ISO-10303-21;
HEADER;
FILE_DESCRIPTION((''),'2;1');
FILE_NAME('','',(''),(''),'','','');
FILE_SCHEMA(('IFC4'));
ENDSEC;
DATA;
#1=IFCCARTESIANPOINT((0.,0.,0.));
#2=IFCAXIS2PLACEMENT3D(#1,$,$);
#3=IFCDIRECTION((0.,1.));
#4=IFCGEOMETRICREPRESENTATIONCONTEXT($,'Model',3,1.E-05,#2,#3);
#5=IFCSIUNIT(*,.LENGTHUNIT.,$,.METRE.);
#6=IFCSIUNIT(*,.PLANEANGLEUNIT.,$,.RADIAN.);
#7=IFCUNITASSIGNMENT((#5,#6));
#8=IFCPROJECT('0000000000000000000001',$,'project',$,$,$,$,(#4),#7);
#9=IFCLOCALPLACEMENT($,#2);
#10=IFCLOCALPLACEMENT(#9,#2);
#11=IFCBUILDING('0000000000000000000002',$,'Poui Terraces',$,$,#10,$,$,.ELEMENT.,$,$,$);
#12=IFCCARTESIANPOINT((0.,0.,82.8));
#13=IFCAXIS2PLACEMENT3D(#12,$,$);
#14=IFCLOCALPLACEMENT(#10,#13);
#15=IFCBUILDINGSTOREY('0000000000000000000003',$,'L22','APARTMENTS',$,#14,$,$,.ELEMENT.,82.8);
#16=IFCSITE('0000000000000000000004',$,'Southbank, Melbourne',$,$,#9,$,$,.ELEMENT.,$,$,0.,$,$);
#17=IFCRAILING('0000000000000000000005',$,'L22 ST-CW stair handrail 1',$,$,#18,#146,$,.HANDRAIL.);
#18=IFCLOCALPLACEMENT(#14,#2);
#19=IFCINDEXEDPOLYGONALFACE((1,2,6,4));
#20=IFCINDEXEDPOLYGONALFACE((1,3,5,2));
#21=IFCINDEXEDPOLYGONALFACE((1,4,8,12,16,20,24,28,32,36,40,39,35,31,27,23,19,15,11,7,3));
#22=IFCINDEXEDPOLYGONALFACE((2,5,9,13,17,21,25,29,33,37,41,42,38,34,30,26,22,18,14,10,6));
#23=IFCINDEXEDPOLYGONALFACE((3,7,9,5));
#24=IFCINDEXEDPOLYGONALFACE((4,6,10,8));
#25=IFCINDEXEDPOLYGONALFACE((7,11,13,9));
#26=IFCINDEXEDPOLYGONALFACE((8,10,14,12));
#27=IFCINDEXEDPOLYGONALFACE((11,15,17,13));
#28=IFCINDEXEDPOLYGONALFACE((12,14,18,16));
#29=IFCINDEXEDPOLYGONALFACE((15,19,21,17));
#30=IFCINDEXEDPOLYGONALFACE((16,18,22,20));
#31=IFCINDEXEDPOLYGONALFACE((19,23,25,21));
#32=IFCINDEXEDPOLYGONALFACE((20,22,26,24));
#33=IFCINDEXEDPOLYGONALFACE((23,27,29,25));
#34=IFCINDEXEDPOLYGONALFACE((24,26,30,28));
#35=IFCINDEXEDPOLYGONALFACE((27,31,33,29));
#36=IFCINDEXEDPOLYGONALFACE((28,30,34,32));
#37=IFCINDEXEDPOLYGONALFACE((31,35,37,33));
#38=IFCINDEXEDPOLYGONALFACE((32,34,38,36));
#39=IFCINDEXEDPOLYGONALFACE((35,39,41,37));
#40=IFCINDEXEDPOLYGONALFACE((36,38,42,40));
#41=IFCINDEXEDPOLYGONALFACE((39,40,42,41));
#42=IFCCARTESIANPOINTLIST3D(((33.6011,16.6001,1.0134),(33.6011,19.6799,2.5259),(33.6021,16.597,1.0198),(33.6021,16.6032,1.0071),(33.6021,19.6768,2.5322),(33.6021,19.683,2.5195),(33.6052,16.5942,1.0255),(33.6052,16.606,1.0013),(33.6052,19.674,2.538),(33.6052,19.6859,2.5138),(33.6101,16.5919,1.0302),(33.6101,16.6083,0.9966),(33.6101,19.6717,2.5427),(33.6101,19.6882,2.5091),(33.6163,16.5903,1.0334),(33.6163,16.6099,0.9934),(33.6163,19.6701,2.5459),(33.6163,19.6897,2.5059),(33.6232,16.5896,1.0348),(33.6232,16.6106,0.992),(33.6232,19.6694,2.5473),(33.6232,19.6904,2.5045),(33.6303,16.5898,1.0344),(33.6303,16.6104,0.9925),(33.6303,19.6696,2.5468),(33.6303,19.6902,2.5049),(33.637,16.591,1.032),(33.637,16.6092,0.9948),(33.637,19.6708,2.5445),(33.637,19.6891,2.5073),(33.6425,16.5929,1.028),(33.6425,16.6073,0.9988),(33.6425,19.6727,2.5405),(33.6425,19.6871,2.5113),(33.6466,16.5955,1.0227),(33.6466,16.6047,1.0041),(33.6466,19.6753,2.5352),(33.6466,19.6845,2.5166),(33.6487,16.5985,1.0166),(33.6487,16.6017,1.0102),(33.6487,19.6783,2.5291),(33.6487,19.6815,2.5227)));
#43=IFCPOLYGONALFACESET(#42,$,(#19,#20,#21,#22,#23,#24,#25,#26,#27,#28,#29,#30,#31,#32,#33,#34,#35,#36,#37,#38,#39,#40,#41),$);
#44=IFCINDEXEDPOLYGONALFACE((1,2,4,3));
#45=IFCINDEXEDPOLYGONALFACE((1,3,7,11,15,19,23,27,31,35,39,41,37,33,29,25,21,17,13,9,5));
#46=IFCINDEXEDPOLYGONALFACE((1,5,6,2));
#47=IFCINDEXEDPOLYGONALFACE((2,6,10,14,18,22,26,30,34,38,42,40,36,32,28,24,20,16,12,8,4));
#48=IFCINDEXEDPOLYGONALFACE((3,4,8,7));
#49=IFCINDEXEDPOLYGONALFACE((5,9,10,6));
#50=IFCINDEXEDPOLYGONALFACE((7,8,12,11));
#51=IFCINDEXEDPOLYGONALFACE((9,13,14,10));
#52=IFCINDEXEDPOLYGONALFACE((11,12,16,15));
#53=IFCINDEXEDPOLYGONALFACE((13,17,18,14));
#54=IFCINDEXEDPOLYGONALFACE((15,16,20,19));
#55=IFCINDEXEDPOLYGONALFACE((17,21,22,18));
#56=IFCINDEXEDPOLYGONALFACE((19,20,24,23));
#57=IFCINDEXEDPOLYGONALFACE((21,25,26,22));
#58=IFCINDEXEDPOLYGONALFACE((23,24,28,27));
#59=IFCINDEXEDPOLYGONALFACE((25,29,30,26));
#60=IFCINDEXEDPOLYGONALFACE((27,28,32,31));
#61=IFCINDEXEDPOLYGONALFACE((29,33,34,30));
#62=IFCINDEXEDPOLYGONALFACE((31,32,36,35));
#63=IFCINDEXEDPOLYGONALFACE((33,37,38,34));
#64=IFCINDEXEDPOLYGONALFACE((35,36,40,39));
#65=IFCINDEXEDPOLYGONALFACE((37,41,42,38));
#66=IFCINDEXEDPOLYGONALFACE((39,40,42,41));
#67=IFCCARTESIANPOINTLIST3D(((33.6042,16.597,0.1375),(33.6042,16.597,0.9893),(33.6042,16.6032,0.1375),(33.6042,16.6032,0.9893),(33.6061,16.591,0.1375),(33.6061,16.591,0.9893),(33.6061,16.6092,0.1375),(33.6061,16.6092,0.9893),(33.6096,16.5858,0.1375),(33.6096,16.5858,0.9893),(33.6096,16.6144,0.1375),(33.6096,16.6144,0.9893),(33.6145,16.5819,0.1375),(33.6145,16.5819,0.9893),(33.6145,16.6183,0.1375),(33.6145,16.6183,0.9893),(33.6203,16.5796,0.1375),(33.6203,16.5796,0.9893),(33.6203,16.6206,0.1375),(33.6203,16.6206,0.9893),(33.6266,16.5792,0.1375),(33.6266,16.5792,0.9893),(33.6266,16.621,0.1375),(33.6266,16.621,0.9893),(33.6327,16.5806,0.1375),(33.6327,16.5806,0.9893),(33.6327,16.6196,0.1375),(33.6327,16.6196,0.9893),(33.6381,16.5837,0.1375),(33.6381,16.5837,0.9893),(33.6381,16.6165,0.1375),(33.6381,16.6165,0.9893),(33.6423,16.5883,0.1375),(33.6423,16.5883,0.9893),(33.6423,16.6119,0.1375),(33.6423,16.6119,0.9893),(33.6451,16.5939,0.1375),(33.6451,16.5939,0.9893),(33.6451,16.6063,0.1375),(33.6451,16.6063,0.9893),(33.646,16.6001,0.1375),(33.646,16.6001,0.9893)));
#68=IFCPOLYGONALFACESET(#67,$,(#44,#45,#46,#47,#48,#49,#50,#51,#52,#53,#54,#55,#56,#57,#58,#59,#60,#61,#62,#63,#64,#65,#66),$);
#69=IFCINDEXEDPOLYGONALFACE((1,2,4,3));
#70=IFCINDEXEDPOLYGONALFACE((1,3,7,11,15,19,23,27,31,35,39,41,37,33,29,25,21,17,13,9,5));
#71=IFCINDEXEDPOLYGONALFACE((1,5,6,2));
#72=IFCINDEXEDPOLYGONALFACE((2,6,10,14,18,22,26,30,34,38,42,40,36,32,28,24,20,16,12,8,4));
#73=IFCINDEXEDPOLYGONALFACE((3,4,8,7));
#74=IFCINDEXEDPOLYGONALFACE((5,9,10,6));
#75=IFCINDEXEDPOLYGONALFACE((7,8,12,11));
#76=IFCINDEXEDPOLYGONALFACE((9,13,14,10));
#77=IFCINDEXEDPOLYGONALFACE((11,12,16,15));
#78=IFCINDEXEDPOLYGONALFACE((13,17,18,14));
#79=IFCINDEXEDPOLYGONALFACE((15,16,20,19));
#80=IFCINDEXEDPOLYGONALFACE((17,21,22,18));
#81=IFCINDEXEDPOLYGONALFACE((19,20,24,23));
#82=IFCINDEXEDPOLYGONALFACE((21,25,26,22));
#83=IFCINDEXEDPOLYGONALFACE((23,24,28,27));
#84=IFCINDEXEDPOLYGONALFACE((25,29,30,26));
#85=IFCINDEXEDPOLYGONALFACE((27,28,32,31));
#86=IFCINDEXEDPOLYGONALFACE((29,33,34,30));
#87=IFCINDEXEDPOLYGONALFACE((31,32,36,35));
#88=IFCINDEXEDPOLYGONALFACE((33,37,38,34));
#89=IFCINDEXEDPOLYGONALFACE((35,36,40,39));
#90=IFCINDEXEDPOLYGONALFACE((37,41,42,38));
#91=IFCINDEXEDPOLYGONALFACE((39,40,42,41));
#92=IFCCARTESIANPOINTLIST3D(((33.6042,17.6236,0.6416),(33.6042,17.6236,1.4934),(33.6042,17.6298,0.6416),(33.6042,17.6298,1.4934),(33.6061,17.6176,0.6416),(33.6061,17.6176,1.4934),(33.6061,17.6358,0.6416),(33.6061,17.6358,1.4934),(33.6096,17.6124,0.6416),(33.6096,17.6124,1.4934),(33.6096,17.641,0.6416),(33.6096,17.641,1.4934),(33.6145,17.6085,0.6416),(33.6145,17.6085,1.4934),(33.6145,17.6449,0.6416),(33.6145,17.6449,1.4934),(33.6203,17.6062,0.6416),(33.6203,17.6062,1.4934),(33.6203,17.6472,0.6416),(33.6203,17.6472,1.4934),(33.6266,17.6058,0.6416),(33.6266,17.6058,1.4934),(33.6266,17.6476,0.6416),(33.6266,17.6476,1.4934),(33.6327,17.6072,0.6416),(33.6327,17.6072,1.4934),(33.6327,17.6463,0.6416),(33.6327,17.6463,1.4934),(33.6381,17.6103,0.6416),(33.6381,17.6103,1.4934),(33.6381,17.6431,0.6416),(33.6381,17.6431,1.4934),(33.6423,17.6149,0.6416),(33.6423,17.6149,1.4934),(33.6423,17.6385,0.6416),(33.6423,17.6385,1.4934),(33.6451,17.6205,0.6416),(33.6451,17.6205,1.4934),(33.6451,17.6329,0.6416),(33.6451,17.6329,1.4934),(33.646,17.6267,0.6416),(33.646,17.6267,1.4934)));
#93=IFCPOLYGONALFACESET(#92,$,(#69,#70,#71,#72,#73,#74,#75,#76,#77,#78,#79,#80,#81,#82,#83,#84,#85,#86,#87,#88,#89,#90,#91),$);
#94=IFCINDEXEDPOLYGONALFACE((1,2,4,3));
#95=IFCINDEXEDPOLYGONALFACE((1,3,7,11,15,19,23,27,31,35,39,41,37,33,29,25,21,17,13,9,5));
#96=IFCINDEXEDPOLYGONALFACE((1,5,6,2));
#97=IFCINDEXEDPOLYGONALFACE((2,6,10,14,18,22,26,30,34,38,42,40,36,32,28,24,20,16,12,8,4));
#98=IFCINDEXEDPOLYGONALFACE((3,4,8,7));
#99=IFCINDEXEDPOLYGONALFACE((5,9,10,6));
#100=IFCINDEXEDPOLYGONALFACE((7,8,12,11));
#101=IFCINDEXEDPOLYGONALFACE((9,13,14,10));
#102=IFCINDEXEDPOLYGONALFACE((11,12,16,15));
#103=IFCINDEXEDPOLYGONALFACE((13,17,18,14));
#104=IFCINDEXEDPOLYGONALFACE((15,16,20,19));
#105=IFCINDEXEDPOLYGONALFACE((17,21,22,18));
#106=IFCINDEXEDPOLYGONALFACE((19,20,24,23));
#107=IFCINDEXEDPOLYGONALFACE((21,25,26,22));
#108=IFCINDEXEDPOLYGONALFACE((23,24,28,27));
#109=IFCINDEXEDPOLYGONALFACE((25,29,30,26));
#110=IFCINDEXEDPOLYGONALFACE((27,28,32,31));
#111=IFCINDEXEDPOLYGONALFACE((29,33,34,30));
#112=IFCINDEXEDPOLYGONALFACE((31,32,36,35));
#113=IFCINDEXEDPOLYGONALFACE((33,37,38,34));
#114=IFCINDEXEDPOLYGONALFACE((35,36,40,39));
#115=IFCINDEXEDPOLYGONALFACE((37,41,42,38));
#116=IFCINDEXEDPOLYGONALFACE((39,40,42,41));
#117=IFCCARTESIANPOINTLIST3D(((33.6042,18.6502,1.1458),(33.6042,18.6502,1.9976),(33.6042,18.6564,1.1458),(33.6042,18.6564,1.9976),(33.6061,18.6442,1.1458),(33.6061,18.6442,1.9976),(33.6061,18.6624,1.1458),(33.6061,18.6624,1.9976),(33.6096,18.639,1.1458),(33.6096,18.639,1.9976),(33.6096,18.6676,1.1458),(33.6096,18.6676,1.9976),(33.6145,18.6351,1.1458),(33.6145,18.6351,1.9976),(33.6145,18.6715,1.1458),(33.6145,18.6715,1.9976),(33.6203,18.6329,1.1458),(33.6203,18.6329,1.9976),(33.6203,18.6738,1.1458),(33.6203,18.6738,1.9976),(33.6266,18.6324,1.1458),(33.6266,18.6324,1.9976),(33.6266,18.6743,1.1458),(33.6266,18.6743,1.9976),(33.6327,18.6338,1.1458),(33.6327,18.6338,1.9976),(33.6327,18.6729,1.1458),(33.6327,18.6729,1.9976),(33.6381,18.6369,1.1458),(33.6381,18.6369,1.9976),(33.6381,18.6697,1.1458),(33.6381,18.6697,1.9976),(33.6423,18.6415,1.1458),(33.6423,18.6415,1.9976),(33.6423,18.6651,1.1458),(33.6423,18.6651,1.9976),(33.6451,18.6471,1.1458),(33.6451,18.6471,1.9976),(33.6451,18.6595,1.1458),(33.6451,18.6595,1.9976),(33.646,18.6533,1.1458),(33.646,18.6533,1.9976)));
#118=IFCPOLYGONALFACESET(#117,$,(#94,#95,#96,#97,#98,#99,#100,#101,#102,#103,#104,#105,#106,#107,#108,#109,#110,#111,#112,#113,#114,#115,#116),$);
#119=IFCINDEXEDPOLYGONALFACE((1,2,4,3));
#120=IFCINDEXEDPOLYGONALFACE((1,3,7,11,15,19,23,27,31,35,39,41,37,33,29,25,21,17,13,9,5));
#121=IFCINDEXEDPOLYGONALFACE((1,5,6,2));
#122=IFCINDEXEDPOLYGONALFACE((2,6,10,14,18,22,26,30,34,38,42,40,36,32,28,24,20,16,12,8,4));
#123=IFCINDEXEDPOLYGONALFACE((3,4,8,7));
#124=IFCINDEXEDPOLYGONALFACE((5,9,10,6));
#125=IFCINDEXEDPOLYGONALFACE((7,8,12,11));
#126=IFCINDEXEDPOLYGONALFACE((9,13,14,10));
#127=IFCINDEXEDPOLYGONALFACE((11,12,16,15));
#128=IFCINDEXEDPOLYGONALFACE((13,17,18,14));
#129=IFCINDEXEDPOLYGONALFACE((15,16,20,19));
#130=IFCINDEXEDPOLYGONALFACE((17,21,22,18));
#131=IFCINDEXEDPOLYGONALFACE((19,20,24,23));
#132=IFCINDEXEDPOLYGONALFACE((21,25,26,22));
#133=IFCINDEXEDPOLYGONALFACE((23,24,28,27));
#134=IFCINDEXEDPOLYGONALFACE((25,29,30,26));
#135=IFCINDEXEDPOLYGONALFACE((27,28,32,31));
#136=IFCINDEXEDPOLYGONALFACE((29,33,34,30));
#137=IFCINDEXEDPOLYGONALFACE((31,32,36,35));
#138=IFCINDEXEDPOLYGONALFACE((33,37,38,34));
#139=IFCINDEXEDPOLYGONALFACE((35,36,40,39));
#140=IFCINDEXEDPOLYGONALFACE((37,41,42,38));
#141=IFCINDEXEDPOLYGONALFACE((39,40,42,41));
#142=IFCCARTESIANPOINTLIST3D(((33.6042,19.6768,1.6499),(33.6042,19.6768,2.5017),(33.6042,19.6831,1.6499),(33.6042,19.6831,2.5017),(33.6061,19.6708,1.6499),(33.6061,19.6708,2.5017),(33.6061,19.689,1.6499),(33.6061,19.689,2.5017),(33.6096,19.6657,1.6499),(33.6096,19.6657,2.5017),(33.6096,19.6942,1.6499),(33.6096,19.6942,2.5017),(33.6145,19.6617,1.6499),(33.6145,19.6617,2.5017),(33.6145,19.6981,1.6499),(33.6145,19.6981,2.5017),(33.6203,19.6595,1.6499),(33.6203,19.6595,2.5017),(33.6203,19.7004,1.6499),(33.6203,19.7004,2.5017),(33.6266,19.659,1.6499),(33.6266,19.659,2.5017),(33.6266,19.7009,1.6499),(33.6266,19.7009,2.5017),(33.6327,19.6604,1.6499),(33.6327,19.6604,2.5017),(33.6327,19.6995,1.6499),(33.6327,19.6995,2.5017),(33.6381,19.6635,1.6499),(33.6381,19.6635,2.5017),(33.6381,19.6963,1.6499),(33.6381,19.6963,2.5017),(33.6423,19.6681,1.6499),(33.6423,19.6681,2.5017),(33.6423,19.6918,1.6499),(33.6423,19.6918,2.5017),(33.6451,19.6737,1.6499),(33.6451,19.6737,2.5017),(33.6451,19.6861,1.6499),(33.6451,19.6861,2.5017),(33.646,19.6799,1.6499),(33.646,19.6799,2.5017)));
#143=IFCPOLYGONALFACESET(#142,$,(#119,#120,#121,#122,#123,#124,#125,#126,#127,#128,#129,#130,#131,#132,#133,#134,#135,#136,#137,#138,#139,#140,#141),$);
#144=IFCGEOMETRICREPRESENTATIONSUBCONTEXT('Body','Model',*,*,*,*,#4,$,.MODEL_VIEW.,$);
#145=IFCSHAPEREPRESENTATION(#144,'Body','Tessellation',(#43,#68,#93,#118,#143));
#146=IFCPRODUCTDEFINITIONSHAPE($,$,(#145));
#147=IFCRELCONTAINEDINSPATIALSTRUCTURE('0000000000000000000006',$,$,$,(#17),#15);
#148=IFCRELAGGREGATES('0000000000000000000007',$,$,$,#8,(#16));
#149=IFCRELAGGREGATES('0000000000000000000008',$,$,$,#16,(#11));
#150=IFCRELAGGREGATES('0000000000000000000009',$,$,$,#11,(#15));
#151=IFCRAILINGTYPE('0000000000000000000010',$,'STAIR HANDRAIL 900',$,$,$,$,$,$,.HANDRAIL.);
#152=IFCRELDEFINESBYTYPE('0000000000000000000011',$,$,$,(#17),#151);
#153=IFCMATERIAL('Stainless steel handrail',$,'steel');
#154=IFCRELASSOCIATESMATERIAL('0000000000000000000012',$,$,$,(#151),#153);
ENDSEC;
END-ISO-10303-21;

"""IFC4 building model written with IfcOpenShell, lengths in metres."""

from ifc_helpers import new_model, si_unit, direction, frame, origin, origin_2d, place, context, subcontext, project, spatial, circle, extrude, material, type_object, element, save


model = new_model("IFC4")

# Units and contexts
model_context = context("Model", 3, precision=1e-05, world=origin(), true_north=direction((0.0, 1.0)))
body_context = subcontext(model_context, "Body", "Model", "MODEL_VIEW")
ifc_project = project(units=[si_unit("LENGTHUNIT", "METRE"), si_unit("PLANEANGLEUNIT", "RADIAN")], contexts=[model_context])

# Site, building, storey
site_placement = place(None, origin())
site = spatial("IfcSite", under=ifc_project, at=site_placement, Name="Southbank, Melbourne", CompositionType="ELEMENT", RefElevation=0.0)
building_placement = place(site_placement, origin())
building = spatial("IfcBuilding", under=site, at=building_placement, Name="Poui Terraces", CompositionType="ELEMENT")
storey_placement = place(building_placement, frame((0.0, 0.0, 82.8)))
storey = spatial("IfcBuildingStorey", under=building, at=storey_placement, Name="L22", Description="APARTMENTS", CompositionType="ELEMENT", Elevation=82.8)

# Railing
ifc_material_1 = material(Name="Stainless steel handrail", Category="steel")
railing_type_1 = type_object("IfcRailingType", Name="STAIR HANDRAIL 900", PredefinedType="HANDRAIL", material=ifc_material_1)
railing_1_placement = place(storey_placement, frame((33.625, 16.6001, 0.1375)))
element("IfcRailing", 1, at=railing_1_placement, inside=storey, type_object=railing_type_1, Name="L22 ST-CW stair handrail 1", PredefinedType="HANDRAIL", context=body_context, shape_type="SweptSolid", body=[
    extrude(circle(Radius=0.0239, at=origin_2d()), frame((0.0, 0.0, 0.876), z_axis=(0.0, 0.897606, 0.440798), x_axis=(-1.0, 0.0, 0.0)), (0.0, 0.0, 1.0), 3.4312),
    extrude(circle(Radius=0.021, at=origin_2d()), origin(), (0.0, 0.0, 1.0), 0.8518),
    extrude(circle(Radius=0.021, at=origin_2d()), frame((0.0, 1.0266, 0.5042)), (0.0, 0.0, 1.0), 0.8518),
    extrude(circle(Radius=0.021, at=origin_2d()), frame((0.0, 2.0532, 1.0083)), (0.0, 0.0, 1.0), 0.8518),
    extrude(circle(Radius=0.021, at=origin_2d()), frame((0.0, 3.0798, 1.5125)), (0.0, 0.0, 1.0), 0.8518),
])

save(model, "model.ifc")
